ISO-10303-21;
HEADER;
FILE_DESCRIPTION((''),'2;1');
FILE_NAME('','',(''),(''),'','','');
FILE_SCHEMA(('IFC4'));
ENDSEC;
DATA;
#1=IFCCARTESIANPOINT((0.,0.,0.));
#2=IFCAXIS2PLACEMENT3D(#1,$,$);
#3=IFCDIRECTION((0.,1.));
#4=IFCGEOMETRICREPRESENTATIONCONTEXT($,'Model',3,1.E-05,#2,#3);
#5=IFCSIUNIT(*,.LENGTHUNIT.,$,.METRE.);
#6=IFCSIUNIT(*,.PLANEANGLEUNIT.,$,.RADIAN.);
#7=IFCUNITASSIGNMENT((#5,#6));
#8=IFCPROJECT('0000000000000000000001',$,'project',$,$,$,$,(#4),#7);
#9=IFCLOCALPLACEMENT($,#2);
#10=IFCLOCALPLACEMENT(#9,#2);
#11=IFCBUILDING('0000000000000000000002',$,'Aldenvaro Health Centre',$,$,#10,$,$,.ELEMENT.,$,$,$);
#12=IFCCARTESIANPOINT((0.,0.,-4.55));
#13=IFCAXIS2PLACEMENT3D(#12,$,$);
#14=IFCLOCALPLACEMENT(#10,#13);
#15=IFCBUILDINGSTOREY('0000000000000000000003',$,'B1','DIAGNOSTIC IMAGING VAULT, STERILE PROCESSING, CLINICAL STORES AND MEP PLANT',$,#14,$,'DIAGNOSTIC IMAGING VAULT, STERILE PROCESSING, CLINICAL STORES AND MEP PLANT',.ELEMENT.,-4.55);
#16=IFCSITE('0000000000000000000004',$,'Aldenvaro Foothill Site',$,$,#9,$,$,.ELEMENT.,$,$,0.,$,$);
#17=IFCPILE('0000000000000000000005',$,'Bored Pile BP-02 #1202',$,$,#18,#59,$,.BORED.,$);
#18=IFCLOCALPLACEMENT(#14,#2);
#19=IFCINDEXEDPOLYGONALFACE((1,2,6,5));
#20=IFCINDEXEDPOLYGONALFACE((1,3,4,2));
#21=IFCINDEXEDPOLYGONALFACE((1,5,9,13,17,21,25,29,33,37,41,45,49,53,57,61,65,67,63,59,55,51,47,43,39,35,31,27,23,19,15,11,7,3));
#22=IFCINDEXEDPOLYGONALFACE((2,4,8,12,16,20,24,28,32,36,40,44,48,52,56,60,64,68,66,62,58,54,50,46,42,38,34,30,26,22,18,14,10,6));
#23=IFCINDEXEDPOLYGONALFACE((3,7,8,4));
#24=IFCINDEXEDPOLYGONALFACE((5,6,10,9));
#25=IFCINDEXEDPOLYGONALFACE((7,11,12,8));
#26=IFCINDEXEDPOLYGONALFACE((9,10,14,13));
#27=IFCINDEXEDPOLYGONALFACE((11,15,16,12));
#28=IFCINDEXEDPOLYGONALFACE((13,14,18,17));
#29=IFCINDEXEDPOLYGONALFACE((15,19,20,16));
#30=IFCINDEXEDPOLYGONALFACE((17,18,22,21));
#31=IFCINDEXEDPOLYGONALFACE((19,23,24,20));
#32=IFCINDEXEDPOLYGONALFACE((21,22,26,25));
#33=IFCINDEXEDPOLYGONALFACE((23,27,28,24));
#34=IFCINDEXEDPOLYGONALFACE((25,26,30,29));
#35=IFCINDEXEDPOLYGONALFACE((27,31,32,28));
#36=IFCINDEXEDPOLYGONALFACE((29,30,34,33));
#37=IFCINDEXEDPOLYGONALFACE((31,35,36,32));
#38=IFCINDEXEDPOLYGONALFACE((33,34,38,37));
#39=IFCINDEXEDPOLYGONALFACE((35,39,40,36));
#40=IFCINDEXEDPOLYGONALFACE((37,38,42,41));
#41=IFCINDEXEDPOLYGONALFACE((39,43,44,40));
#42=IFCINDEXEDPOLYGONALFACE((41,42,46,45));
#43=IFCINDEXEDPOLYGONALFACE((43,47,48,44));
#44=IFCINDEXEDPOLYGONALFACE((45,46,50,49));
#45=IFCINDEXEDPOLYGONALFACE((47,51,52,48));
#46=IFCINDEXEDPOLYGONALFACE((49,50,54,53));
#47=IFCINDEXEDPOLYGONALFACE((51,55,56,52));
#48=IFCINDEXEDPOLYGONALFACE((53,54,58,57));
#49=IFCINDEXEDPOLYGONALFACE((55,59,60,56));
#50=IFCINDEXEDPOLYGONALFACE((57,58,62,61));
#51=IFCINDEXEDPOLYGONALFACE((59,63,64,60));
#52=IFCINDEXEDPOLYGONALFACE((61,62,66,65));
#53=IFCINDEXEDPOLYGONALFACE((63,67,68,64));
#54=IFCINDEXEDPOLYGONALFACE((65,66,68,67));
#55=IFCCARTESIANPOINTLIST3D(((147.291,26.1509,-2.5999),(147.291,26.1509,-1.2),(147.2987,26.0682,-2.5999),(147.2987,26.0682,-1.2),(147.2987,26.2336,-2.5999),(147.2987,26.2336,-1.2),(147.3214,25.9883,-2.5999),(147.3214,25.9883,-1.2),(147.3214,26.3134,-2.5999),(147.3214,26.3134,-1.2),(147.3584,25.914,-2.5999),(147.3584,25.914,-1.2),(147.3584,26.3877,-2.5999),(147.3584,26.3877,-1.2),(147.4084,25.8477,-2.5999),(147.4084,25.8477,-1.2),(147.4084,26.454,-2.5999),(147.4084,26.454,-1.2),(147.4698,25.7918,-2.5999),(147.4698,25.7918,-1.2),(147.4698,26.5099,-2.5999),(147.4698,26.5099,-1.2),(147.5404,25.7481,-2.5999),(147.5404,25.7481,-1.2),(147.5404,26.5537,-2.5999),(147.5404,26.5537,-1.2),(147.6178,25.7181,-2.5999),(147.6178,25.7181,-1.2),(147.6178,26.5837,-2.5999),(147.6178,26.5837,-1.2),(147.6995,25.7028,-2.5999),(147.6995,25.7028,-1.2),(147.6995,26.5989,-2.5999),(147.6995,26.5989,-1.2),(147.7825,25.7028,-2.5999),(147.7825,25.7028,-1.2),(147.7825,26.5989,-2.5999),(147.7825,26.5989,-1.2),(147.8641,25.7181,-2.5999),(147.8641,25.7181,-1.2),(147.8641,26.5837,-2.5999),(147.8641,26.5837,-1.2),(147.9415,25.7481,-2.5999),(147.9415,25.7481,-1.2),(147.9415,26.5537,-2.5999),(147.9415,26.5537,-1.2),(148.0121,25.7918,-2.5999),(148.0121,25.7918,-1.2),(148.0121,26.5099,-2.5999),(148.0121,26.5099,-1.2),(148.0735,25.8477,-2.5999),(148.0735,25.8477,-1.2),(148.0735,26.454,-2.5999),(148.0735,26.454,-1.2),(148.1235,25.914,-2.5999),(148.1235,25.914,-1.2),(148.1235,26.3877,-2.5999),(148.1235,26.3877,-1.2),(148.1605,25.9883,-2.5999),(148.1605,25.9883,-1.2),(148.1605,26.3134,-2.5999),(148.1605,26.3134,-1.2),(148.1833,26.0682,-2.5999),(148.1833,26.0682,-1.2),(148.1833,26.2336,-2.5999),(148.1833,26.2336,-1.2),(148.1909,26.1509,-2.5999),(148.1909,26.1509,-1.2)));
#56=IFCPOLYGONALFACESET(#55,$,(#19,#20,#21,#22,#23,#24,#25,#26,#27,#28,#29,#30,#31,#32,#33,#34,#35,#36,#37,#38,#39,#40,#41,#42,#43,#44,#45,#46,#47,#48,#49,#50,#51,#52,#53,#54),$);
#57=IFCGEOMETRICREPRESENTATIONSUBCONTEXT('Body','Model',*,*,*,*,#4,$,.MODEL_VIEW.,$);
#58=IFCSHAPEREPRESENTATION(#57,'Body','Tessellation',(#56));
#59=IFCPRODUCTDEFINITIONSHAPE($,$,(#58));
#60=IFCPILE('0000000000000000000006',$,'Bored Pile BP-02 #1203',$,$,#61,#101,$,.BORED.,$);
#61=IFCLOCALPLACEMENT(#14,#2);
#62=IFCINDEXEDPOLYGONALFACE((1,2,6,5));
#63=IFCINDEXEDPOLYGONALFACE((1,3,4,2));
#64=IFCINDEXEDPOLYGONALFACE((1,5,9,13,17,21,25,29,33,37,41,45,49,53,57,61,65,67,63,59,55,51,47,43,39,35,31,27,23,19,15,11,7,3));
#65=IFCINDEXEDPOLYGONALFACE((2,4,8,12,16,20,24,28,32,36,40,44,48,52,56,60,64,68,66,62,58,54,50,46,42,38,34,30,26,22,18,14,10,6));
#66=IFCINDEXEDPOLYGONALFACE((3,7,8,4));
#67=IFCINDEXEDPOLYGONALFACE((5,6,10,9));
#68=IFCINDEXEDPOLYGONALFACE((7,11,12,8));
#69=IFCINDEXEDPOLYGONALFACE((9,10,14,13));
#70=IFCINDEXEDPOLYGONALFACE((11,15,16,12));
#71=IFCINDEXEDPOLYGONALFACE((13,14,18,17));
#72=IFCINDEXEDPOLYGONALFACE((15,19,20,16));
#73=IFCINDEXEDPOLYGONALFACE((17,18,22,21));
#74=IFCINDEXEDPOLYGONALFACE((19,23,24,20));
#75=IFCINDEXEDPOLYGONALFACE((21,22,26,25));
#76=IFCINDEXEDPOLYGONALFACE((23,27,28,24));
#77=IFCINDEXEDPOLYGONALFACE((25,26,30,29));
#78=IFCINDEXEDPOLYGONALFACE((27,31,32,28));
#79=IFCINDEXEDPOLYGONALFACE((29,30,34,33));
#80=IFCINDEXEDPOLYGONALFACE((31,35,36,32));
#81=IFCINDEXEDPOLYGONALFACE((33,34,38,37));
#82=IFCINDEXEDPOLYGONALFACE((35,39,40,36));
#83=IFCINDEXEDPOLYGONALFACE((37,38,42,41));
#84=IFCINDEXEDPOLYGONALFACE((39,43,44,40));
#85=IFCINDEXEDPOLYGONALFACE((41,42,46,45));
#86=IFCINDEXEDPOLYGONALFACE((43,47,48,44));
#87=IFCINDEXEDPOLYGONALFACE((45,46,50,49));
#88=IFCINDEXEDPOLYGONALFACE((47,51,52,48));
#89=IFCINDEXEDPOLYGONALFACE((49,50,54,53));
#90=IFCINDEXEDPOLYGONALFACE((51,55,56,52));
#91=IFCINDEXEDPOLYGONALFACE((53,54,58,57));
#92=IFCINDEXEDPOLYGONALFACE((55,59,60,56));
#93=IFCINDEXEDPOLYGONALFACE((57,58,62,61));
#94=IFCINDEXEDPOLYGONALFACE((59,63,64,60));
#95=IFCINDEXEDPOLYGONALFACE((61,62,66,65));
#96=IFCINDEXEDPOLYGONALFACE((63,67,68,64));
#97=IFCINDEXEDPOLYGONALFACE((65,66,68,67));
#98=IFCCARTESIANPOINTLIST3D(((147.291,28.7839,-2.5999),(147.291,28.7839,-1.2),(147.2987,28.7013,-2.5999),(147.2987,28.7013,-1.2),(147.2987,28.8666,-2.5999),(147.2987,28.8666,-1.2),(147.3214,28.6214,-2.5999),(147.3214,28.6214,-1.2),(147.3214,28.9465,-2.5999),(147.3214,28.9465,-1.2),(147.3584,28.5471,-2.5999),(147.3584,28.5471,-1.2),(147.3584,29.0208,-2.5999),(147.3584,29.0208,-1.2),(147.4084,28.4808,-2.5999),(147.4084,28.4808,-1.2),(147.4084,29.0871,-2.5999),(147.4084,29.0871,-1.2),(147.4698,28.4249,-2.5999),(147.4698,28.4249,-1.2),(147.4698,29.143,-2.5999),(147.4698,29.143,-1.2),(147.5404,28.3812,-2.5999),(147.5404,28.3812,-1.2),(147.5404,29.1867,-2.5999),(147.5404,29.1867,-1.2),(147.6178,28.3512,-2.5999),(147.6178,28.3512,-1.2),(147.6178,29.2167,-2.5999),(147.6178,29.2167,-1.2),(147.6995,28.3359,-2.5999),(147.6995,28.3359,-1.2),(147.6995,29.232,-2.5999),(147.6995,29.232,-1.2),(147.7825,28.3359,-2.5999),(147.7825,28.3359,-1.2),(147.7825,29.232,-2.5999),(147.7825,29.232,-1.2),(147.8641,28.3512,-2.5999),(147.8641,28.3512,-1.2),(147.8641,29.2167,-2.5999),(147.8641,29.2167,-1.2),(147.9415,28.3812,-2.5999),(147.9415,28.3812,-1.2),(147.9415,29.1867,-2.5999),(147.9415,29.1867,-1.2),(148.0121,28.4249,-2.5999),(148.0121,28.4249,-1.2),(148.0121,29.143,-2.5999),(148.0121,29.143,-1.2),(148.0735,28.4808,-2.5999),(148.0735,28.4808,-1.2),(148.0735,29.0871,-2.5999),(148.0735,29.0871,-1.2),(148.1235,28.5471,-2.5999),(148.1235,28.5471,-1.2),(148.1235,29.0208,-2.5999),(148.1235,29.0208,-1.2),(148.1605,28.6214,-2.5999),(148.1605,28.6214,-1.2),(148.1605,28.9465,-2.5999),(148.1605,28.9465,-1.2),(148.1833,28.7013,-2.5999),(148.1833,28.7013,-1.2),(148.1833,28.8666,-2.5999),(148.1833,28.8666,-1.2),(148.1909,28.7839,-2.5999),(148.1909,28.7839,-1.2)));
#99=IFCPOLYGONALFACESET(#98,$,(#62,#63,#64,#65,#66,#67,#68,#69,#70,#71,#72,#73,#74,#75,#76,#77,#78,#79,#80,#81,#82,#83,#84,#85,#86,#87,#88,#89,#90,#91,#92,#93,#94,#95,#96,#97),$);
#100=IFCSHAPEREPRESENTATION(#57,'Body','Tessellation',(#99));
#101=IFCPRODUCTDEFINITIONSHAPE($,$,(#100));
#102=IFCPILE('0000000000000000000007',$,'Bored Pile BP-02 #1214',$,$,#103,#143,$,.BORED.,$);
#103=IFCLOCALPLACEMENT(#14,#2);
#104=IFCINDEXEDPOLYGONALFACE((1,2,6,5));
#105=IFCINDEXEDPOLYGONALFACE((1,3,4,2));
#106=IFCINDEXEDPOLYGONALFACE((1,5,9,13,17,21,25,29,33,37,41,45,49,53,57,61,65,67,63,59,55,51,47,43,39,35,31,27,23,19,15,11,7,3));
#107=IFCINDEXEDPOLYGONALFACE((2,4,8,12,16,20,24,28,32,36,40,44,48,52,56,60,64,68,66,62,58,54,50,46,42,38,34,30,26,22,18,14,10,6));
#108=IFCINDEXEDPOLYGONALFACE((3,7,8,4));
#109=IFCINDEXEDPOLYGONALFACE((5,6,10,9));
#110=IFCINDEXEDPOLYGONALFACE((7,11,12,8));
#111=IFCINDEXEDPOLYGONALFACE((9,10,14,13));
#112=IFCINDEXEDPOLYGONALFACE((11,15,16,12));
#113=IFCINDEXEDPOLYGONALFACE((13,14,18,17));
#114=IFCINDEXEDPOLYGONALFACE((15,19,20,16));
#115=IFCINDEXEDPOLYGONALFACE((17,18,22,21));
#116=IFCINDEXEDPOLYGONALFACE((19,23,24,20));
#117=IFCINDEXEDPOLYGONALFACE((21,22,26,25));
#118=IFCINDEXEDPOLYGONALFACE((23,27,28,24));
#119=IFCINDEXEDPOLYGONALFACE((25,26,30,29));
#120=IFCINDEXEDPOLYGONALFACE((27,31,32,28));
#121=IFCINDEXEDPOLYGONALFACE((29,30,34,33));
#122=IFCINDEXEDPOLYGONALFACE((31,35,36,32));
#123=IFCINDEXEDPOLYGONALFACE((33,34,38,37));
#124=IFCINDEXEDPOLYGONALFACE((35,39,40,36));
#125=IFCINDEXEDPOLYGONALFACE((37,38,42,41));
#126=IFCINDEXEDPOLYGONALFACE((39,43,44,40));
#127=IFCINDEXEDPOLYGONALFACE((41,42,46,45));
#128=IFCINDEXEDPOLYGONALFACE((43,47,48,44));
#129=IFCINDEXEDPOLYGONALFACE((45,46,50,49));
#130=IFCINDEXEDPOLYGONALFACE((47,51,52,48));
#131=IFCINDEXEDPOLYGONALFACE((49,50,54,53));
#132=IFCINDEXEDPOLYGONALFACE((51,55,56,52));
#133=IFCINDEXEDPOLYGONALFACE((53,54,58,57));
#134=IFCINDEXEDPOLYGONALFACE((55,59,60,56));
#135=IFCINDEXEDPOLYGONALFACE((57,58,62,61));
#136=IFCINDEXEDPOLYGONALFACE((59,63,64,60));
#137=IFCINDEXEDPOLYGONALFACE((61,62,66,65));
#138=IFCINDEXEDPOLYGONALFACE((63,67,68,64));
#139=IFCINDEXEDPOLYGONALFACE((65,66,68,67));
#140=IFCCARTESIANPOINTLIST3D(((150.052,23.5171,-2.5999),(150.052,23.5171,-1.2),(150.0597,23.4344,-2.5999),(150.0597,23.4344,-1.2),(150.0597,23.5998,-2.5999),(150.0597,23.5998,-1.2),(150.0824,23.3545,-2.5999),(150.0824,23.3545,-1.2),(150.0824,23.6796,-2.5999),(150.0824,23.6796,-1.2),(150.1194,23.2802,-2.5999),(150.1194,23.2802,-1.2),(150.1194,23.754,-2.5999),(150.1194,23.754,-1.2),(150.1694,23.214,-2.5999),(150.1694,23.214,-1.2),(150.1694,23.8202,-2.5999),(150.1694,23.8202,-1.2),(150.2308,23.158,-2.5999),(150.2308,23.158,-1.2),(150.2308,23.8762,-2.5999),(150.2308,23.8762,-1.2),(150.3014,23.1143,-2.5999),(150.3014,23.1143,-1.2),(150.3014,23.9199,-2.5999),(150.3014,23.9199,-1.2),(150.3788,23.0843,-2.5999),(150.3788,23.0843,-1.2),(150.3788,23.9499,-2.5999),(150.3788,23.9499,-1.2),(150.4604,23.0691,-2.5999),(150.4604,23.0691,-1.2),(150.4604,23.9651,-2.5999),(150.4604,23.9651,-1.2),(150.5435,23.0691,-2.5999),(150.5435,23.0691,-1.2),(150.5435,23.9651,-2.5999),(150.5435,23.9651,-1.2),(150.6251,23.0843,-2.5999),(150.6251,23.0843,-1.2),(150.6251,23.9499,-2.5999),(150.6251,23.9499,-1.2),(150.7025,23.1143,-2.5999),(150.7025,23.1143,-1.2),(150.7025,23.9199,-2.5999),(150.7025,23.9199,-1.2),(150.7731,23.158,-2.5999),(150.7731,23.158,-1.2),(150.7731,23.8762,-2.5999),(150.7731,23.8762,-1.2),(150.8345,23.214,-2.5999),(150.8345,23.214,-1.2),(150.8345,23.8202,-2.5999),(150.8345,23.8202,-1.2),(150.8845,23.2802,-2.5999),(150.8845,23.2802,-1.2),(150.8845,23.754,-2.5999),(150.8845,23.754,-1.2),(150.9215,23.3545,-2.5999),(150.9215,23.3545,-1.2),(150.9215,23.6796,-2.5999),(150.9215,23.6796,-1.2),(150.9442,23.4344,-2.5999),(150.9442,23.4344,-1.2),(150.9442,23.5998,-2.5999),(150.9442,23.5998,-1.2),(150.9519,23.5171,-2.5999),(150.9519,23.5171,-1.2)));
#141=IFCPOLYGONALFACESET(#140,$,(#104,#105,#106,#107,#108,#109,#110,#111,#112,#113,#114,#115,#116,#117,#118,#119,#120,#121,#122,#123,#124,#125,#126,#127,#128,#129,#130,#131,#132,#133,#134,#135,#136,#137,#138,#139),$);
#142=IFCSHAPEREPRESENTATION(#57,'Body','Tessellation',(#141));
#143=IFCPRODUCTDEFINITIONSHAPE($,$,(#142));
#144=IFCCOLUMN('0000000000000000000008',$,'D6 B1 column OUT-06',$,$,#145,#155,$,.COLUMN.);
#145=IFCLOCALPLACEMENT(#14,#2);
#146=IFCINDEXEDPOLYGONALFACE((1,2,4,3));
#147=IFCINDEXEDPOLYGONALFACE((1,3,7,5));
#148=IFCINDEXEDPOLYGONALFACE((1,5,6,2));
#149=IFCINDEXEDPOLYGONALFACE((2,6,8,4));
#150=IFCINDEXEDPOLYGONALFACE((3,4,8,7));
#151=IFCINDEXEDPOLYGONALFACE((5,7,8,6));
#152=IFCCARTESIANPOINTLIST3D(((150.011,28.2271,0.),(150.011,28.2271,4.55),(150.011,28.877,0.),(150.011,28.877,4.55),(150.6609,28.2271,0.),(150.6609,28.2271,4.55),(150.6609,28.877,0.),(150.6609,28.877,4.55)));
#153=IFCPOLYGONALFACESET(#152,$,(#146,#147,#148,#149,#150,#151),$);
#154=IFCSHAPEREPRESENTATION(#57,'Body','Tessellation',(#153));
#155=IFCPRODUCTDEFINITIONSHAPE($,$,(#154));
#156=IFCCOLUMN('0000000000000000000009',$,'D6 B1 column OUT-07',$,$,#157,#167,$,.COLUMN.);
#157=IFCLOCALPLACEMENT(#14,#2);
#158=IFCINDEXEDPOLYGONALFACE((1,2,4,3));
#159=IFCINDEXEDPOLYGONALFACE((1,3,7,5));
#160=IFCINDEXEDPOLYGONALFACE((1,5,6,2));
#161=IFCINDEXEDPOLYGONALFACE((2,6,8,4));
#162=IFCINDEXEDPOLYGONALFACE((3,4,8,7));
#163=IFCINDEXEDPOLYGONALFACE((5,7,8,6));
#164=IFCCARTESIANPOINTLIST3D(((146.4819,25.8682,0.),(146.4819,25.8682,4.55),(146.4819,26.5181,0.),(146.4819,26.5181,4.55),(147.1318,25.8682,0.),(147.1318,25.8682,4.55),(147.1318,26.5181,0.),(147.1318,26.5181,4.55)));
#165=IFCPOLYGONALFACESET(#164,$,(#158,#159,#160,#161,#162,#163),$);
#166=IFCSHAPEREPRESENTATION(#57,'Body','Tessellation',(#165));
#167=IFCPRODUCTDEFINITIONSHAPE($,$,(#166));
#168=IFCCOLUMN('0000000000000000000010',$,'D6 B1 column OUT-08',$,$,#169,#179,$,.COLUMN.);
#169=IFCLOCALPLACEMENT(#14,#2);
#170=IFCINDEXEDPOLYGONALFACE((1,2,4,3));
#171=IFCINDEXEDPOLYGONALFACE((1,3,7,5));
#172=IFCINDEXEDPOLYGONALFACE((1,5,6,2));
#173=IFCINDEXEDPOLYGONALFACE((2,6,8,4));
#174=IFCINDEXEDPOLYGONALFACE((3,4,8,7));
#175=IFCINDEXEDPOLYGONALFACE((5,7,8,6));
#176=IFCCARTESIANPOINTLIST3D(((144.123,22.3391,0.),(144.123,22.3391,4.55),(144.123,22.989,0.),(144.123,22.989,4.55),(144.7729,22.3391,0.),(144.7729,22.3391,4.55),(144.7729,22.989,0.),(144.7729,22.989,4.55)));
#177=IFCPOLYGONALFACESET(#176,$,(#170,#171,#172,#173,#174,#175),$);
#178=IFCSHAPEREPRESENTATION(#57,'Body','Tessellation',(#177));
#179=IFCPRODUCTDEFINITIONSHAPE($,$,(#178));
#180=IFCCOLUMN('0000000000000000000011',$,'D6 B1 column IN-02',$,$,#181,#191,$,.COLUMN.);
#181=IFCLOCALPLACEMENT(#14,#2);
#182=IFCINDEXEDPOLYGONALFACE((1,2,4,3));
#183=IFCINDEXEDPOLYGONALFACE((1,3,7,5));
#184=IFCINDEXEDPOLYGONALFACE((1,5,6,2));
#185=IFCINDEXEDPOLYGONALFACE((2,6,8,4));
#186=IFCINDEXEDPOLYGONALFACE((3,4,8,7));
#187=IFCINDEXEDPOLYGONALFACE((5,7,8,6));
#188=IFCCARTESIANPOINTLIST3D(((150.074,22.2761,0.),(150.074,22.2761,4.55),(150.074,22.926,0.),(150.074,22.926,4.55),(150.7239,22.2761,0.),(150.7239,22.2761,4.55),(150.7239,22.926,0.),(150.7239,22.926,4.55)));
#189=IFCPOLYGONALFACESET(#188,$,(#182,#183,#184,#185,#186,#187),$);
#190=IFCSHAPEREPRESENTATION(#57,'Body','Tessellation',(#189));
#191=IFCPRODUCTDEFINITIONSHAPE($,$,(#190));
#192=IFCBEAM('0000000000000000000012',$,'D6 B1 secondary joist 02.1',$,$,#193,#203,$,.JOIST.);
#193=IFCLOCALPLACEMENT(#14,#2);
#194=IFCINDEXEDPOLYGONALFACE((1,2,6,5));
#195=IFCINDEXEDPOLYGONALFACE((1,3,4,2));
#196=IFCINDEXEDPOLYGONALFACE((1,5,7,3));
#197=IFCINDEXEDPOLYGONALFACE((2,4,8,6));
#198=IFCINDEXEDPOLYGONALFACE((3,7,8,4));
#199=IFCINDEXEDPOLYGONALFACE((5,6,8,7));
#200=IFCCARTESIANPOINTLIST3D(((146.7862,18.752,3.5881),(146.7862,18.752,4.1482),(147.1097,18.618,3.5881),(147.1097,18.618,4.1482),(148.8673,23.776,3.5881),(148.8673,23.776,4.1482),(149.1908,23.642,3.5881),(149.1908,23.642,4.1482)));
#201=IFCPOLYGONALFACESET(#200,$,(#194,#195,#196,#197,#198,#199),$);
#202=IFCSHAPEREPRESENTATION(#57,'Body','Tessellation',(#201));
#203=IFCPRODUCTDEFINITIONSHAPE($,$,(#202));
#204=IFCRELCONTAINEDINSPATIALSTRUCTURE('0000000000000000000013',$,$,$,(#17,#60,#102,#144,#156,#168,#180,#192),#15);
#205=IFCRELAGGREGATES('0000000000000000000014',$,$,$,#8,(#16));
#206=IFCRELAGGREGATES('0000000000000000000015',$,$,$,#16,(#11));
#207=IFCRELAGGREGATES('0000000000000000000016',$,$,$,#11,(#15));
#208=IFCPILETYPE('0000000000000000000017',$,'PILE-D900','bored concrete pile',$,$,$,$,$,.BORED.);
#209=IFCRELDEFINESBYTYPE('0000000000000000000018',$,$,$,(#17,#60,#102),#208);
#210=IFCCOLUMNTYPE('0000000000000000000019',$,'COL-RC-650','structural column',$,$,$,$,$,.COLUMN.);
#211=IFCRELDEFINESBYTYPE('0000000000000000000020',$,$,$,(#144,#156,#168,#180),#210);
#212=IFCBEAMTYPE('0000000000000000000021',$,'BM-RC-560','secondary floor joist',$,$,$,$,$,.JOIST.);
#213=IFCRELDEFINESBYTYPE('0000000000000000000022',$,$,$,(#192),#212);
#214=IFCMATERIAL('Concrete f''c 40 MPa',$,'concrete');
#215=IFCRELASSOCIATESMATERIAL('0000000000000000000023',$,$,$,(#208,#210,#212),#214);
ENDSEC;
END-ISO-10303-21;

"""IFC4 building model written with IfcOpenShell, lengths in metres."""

from ifc_helpers import new_model, si_unit, direction, frame, origin, origin_2d, place, context, subcontext, project, spatial, rectangle, circle, extrude, material, material_profile, profile_set, type_object, element, save


model = new_model("IFC4")

# Units and contexts
model_context = context("Model", 3, precision=1e-05, world=origin(), true_north=direction((0.0, 1.0)))
body_context = subcontext(model_context, "Body", "Model", "MODEL_VIEW")
ifc_project = project(units=[si_unit("LENGTHUNIT", "METRE"), si_unit("PLANEANGLEUNIT", "RADIAN")], contexts=[model_context])

# Site, building, storey
site_placement = place(None, origin())
site = spatial("IfcSite", under=ifc_project, at=site_placement, Name="Aldenvaro Foothill Site", CompositionType="ELEMENT", RefElevation=0.0)
building_placement = place(site_placement, origin())
building = spatial("IfcBuilding", under=site, at=building_placement, Name="Aldenvaro Health Centre", CompositionType="ELEMENT")
storey_placement = place(building_placement, frame((0.0, 0.0, -4.55)))
storey = spatial("IfcBuildingStorey", under=building, at=storey_placement, Name="B1", Description="DIAGNOSTIC IMAGING VAULT, STERILE PROCESSING, CLINICAL STORES AND MEP PLANT", LongName="DIAGNOSTIC IMAGING VAULT, STERILE PROCESSING, CLINICAL STORES AND MEP PLANT", CompositionType="ELEMENT", Elevation=-4.55)

# Piles
ifc_material_1 = material(Name="Concrete f'c 40 MPa", Category="concrete")
ifc_material_profile_1 = material_profile(ifc_material_1, circle(Radius=0.45, at=origin_2d()), Name="PILE D900", Category="concrete")
ifc_profile_set_1 = profile_set([ifc_material_profile_1], Name="Concrete f'c 40 MPa")
pile_type = type_object("IfcPileType", Name="PILE-D900", Description="bored concrete pile", PredefinedType="BORED", material=ifc_profile_set_1)
for number, where, z_axis, x_axis, name in (
    (1, (147.741, 26.1509, -1.2), (0.0, 0.0, -1.0), (1.0, 0.0, 0.0), "Bored Pile BP-02 #1202"),
    (2, (147.741, 28.7839, -1.2), (0.0, 0.0, -1.0), (1.0, 0.0, 0.0), "Bored Pile BP-02 #1203"),
    (3, (150.502, 23.5171, -1.2), (0.0, 0.0, -1.0), (1.0, 0.0, 0.0), "Bored Pile BP-02 #1214"),
):
    element("IfcPile", number, at=place(storey_placement, frame(where, z_axis=z_axis, x_axis=x_axis)), inside=storey, type_object=pile_type, Name=name, PredefinedType="BORED", context=body_context, shape_type="SweptSolid", body=[
        extrude(circle(Radius=0.45, at=origin_2d()), origin(), (0.0, 0.0, 1.0), 1.3999),
    ])

# Columns
ifc_material_profile_2 = material_profile(ifc_material_1, rectangle(XDim=0.6499, YDim=0.6499, at=origin_2d()), Name="RC 650x650", Category="concrete")
ifc_profile_set_2 = profile_set([ifc_material_profile_2], Name="Concrete f'c 40 MPa")
column_type = type_object("IfcColumnType", Name="COL-RC-650", Description="structural column", PredefinedType="COLUMN", material=ifc_profile_set_2)
for number, where, z_axis, x_axis, name in (
    (4, (150.3359, 28.552, 0.0), (0.0, 0.0, 1.0), (1.0, 0.0, 0.0), "D6 B1 column OUT-06"),
    (5, (146.8069, 26.1931, 0.0), (0.0, 0.0, 1.0), (1.0, 0.0, 0.0), "D6 B1 column OUT-07"),
    (6, (144.448, 22.6641, 0.0), (0.0, 0.0, 1.0), (1.0, 0.0, 0.0), "D6 B1 column OUT-08"),
    (7, (150.3989, 22.6011, 0.0), (0.0, 0.0, 1.0), (1.0, 0.0, 0.0), "D6 B1 column IN-02"),
):
    element("IfcColumn", number, at=place(storey_placement, frame(where, z_axis=z_axis, x_axis=x_axis)), inside=storey, type_object=column_type, Name=name, PredefinedType="COLUMN", context=body_context, shape_type="SweptSolid", body=[
        extrude(rectangle(XDim=0.6499, YDim=0.6499, at=origin_2d()), origin(), (0.0, 0.0, 1.0), 4.55),
    ])

# Beam
ifc_material_profile_3 = material_profile(ifc_material_1, rectangle(XDim=0.3501, YDim=0.5601, at=origin_2d()), Name="RC 350x560", Category="concrete")
ifc_profile_set_3 = profile_set([ifc_material_profile_3], Name="Concrete f'c 40 MPa")
beam_type_1 = type_object("IfcBeamType", Name="BM-RC-560", Description="secondary floor joist", PredefinedType="JOIST", material=ifc_profile_set_3)
beam_1_placement = place(storey_placement, frame((149.0291, 23.709, 3.8682), z_axis=(-0.382695, -0.923875, 0.0), x_axis=(0.923875, -0.382695, 0.0)))
element("IfcBeam", 8, at=beam_1_placement, inside=storey, type_object=beam_type_1, Name="D6 B1 secondary joist 02.1", PredefinedType="JOIST", context=body_context, shape_type="SweptSolid", body=[
    extrude(rectangle(XDim=0.3501, YDim=0.5601, at=origin_2d()), origin(), (0.0, 0.0, 1.0), 5.438),
])

save(model, "model.ifc")
